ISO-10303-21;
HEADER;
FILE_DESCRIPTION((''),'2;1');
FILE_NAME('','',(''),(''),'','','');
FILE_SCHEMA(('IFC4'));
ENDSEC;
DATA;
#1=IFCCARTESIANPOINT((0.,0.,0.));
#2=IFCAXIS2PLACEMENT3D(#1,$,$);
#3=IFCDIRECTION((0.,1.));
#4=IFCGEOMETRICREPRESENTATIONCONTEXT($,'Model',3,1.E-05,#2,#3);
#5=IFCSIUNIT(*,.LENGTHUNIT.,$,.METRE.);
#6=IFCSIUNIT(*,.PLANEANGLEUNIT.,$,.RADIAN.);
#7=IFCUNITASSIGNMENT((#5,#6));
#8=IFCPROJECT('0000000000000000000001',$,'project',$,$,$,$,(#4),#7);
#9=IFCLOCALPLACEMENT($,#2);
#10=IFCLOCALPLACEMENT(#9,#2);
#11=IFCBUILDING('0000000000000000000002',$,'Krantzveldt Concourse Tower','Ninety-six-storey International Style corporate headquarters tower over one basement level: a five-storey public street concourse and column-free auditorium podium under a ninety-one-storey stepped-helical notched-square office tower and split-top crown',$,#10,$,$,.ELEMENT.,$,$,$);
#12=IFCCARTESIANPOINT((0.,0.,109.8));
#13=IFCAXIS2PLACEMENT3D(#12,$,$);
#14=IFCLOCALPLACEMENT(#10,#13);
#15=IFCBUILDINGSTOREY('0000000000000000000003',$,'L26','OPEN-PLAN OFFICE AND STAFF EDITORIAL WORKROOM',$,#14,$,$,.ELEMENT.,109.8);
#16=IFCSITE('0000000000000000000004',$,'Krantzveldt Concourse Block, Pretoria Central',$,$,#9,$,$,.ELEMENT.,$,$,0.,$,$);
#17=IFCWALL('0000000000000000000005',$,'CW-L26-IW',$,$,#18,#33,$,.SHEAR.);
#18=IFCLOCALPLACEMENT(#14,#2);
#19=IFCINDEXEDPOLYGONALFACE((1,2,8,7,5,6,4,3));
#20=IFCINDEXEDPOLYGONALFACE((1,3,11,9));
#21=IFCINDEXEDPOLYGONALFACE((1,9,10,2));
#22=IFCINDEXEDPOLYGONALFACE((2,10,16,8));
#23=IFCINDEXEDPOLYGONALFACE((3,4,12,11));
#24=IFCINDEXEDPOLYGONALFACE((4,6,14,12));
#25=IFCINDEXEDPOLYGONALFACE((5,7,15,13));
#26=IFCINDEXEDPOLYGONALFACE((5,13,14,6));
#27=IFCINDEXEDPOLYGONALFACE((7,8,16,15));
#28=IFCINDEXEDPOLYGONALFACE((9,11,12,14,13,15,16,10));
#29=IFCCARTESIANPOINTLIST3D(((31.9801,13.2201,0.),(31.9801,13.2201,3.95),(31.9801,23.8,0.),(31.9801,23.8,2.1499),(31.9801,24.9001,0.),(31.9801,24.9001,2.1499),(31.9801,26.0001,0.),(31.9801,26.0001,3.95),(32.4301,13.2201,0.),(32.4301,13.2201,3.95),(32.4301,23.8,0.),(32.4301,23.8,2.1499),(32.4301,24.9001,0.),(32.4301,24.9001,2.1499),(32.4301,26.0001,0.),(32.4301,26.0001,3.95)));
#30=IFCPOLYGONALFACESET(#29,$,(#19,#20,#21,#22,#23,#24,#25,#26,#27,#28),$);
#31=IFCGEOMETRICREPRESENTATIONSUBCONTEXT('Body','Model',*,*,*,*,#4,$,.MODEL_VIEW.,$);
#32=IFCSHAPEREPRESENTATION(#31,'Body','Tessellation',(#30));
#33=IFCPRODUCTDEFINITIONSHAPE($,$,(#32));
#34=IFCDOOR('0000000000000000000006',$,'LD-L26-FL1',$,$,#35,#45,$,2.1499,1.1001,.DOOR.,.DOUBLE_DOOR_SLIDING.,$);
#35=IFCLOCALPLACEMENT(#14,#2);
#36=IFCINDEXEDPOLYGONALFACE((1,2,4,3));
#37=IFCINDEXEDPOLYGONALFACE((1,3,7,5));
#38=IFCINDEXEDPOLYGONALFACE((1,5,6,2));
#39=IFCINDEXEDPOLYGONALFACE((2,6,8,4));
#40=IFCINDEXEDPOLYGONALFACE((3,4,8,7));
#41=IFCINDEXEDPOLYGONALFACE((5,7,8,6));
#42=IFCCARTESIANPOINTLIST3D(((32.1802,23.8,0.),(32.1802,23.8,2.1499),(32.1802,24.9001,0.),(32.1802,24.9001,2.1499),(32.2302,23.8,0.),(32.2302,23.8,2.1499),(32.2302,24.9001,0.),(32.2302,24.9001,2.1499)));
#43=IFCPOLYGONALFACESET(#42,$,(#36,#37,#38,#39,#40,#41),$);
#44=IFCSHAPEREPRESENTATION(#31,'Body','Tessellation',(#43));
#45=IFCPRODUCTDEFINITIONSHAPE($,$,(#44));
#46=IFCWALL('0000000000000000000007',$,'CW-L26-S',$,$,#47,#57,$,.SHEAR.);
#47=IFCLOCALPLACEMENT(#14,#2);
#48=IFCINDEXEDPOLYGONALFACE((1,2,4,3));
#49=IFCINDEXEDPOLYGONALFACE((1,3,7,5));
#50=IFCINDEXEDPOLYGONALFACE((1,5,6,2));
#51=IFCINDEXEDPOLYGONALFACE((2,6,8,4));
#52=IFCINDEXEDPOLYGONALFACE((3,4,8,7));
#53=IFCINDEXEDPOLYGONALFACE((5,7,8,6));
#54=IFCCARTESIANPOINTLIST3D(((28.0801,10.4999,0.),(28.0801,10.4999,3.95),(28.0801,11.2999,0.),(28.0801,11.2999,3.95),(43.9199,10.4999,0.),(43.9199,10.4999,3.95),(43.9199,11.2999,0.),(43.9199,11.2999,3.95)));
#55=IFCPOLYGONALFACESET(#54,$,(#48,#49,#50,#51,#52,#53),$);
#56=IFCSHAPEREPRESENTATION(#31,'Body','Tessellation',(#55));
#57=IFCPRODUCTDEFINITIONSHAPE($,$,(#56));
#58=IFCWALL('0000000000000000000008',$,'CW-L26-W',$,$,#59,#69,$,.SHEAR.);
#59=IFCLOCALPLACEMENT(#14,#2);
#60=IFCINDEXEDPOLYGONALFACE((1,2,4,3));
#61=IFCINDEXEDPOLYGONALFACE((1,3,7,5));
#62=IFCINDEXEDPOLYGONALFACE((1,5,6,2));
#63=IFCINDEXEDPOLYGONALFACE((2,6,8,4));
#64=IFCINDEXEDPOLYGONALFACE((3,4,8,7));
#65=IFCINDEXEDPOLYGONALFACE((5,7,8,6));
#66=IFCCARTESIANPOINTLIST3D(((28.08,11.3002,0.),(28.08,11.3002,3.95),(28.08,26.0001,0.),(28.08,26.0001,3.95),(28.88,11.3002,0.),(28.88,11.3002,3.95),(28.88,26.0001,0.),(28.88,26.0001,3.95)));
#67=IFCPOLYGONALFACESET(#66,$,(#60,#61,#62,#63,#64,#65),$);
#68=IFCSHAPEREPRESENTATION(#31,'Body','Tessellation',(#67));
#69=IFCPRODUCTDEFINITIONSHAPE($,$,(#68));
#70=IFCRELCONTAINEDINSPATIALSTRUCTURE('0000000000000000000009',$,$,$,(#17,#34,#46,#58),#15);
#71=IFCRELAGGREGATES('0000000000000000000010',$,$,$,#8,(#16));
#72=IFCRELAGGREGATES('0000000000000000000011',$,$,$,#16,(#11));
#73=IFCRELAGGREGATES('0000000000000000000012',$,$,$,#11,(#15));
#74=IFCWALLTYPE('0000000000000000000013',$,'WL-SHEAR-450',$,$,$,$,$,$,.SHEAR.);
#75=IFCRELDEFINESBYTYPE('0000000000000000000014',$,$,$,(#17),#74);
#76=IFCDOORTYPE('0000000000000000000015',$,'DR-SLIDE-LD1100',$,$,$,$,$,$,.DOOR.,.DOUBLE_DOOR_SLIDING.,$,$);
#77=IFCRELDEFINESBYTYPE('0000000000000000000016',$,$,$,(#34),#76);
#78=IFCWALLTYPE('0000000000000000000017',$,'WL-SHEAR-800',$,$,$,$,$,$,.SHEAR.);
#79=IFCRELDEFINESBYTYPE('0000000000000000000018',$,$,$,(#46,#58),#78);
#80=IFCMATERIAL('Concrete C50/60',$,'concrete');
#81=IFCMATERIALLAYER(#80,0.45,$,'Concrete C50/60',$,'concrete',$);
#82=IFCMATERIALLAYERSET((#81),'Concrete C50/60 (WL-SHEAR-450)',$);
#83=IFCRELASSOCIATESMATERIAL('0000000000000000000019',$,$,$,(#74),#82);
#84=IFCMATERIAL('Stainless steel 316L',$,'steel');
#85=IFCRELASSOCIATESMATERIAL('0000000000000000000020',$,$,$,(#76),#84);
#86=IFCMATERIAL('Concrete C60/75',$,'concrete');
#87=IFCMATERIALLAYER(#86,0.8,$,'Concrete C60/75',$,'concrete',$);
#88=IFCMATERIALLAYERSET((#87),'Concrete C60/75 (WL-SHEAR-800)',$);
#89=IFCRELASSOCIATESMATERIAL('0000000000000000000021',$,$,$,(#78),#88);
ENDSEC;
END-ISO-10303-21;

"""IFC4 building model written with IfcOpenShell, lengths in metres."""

from ifc_helpers import new_model, si_unit, direction, frame, frame_2d, origin, place, context, subcontext, project, spatial, rectangle, extrude, material, layer, layer_set, type_object, element, fill, save


model = new_model("IFC4")

# Units and contexts
model_context = context("Model", 3, precision=1e-05, world=origin(), true_north=direction((0.0, 1.0)))
body_context = subcontext(model_context, "Body", "Model", "MODEL_VIEW")
ifc_project = project(units=[si_unit("LENGTHUNIT", "METRE"), si_unit("PLANEANGLEUNIT", "RADIAN")], contexts=[model_context])

# Site, building, storey
site_placement = place(None, origin())
site = spatial("IfcSite", under=ifc_project, at=site_placement, Name="Krantzveldt Concourse Block, Pretoria Central", CompositionType="ELEMENT", RefElevation=0.0)
building_placement = place(site_placement, origin())
building = spatial("IfcBuilding", under=site, at=building_placement, Name="Krantzveldt Concourse Tower", Description="Ninety-six-storey International Style corporate headquarters tower over one basement level: a five-storey public street concourse and column-free auditorium podium under a ninety-one-storey stepped-helical notched-square office tower and split-top crown", CompositionType="ELEMENT")
storey_placement = place(building_placement, frame((0.0, 0.0, 109.8)))
storey = spatial("IfcBuildingStorey", under=building, at=storey_placement, Name="L26", Description="OPEN-PLAN OFFICE AND STAFF EDITORIAL WORKROOM", CompositionType="ELEMENT", Elevation=109.8)

# Shared definitions
ifc_material_1 = material(Name="Concrete C50/60", Category="concrete")

# Wall, opening, door
ifc_layer_1 = layer(ifc_material_1, 0.45, Name="Concrete C50/60", Category="concrete")
ifc_layer_set_1 = layer_set([ifc_layer_1], Name="Concrete C50/60 (WL-SHEAR-450)")
wall_type_1 = type_object("IfcWallType", Name="WL-SHEAR-450", PredefinedType="SHEAR", material=ifc_layer_set_1)
wall_1_placement = place(storey_placement, frame((32.2051, 13.22, 0.0), z_axis=(0.0, 0.0, 1.0), x_axis=(0.0, 1.0, 0.0)))
wall_1 = element("IfcWall", 1, at=wall_1_placement, inside=storey, type_object=wall_type_1, Name="CW-L26-IW", PredefinedType="SHEAR", context=body_context, shape_type="SweptSolid", body=[
    extrude(rectangle(XDim=12.78, YDim=0.45, at=frame_2d((6.3901, 0.0))), origin(), (0.0, 0.0, 1.0), 3.95),
])
opening_1_placement = place(wall_1_placement, frame((10.5801, 0.0, 0.0)))
opening_1 = element("IfcOpeningElement", 2, at=opening_1_placement, cuts=wall_1, PredefinedType="OPENING", context=body_context, shape_type="SweptSolid", body=[
    extrude(rectangle(XDim=1.1001, YDim=2.1499, at=frame_2d((0.55, 1.075))), frame((0.0, 0.2349, 0.0), z_axis=(0.0, -1.0, 0.0), x_axis=(1.0, 0.0, 0.0)), (0.0, 0.0, 1.0), 0.47),
])
ifc_material_2 = material(Name="Stainless steel 316L", Category="steel")
door_type_1 = type_object("IfcDoorType", Name="DR-SLIDE-LD1100", OperationType="DOUBLE_DOOR_SLIDING", PredefinedType="DOOR", material=ifc_material_2)
door_1_placement = place(opening_1_placement, origin())
door_1 = element("IfcDoor", 3, at=door_1_placement, inside=storey, type_object=door_type_1, Name="LD-L26-FL1", OperationType="DOUBLE_DOOR_SLIDING", OverallHeight=2.1499, OverallWidth=1.1001, PredefinedType="DOOR", context=body_context, shape_type="SweptSolid", body=[
    extrude(rectangle(XDim=1.1001, YDim=2.1499, at=frame_2d((0.55, 1.075))), frame((0.0, 0.0249, 0.0), z_axis=(0.0, -1.0, 0.0), x_axis=(1.0, 0.0, 0.0)), (0.0, 0.0, 1.0), 0.05),
])
fill(opening_1, door_1)

# Walls
ifc_material_3 = material(Name="Concrete C60/75", Category="concrete")
ifc_layer_2 = layer(ifc_material_3, 0.8, Name="Concrete C60/75", Category="concrete")
ifc_layer_set_2 = layer_set([ifc_layer_2], Name="Concrete C60/75 (WL-SHEAR-800)")
wall_type_2 = type_object("IfcWallType", Name="WL-SHEAR-800", PredefinedType="SHEAR", material=ifc_layer_set_2)
wall_2_placement = place(storey_placement, frame((28.0801, 10.8999, 0.0), z_axis=(0.0, 0.0, 1.0), x_axis=(1.0, 0.0, 0.0)))
element("IfcWall", 4, at=wall_2_placement, inside=storey, type_object=wall_type_2, Name="CW-L26-S", PredefinedType="SHEAR", context=body_context, shape_type="SweptSolid", body=[
    extrude(rectangle(XDim=15.8398, YDim=0.8, at=frame_2d((7.9199, 0.0))), origin(), (0.0, 0.0, 1.0), 3.95),
])
wall_3_placement = place(storey_placement, frame((28.48, 11.3, 0.0), z_axis=(0.0, 0.0, 1.0), x_axis=(0.0, 1.0, 0.0)))
element("IfcWall", 5, at=wall_3_placement, inside=storey, type_object=wall_type_2, Name="CW-L26-W", PredefinedType="SHEAR", context=body_context, shape_type="SweptSolid", body=[
    extrude(rectangle(XDim=14.7, YDim=0.8, at=frame_2d((7.3501, 0.0))), origin(), (0.0, 0.0, 1.0), 3.95),
])

save(model, "model.ifc")
